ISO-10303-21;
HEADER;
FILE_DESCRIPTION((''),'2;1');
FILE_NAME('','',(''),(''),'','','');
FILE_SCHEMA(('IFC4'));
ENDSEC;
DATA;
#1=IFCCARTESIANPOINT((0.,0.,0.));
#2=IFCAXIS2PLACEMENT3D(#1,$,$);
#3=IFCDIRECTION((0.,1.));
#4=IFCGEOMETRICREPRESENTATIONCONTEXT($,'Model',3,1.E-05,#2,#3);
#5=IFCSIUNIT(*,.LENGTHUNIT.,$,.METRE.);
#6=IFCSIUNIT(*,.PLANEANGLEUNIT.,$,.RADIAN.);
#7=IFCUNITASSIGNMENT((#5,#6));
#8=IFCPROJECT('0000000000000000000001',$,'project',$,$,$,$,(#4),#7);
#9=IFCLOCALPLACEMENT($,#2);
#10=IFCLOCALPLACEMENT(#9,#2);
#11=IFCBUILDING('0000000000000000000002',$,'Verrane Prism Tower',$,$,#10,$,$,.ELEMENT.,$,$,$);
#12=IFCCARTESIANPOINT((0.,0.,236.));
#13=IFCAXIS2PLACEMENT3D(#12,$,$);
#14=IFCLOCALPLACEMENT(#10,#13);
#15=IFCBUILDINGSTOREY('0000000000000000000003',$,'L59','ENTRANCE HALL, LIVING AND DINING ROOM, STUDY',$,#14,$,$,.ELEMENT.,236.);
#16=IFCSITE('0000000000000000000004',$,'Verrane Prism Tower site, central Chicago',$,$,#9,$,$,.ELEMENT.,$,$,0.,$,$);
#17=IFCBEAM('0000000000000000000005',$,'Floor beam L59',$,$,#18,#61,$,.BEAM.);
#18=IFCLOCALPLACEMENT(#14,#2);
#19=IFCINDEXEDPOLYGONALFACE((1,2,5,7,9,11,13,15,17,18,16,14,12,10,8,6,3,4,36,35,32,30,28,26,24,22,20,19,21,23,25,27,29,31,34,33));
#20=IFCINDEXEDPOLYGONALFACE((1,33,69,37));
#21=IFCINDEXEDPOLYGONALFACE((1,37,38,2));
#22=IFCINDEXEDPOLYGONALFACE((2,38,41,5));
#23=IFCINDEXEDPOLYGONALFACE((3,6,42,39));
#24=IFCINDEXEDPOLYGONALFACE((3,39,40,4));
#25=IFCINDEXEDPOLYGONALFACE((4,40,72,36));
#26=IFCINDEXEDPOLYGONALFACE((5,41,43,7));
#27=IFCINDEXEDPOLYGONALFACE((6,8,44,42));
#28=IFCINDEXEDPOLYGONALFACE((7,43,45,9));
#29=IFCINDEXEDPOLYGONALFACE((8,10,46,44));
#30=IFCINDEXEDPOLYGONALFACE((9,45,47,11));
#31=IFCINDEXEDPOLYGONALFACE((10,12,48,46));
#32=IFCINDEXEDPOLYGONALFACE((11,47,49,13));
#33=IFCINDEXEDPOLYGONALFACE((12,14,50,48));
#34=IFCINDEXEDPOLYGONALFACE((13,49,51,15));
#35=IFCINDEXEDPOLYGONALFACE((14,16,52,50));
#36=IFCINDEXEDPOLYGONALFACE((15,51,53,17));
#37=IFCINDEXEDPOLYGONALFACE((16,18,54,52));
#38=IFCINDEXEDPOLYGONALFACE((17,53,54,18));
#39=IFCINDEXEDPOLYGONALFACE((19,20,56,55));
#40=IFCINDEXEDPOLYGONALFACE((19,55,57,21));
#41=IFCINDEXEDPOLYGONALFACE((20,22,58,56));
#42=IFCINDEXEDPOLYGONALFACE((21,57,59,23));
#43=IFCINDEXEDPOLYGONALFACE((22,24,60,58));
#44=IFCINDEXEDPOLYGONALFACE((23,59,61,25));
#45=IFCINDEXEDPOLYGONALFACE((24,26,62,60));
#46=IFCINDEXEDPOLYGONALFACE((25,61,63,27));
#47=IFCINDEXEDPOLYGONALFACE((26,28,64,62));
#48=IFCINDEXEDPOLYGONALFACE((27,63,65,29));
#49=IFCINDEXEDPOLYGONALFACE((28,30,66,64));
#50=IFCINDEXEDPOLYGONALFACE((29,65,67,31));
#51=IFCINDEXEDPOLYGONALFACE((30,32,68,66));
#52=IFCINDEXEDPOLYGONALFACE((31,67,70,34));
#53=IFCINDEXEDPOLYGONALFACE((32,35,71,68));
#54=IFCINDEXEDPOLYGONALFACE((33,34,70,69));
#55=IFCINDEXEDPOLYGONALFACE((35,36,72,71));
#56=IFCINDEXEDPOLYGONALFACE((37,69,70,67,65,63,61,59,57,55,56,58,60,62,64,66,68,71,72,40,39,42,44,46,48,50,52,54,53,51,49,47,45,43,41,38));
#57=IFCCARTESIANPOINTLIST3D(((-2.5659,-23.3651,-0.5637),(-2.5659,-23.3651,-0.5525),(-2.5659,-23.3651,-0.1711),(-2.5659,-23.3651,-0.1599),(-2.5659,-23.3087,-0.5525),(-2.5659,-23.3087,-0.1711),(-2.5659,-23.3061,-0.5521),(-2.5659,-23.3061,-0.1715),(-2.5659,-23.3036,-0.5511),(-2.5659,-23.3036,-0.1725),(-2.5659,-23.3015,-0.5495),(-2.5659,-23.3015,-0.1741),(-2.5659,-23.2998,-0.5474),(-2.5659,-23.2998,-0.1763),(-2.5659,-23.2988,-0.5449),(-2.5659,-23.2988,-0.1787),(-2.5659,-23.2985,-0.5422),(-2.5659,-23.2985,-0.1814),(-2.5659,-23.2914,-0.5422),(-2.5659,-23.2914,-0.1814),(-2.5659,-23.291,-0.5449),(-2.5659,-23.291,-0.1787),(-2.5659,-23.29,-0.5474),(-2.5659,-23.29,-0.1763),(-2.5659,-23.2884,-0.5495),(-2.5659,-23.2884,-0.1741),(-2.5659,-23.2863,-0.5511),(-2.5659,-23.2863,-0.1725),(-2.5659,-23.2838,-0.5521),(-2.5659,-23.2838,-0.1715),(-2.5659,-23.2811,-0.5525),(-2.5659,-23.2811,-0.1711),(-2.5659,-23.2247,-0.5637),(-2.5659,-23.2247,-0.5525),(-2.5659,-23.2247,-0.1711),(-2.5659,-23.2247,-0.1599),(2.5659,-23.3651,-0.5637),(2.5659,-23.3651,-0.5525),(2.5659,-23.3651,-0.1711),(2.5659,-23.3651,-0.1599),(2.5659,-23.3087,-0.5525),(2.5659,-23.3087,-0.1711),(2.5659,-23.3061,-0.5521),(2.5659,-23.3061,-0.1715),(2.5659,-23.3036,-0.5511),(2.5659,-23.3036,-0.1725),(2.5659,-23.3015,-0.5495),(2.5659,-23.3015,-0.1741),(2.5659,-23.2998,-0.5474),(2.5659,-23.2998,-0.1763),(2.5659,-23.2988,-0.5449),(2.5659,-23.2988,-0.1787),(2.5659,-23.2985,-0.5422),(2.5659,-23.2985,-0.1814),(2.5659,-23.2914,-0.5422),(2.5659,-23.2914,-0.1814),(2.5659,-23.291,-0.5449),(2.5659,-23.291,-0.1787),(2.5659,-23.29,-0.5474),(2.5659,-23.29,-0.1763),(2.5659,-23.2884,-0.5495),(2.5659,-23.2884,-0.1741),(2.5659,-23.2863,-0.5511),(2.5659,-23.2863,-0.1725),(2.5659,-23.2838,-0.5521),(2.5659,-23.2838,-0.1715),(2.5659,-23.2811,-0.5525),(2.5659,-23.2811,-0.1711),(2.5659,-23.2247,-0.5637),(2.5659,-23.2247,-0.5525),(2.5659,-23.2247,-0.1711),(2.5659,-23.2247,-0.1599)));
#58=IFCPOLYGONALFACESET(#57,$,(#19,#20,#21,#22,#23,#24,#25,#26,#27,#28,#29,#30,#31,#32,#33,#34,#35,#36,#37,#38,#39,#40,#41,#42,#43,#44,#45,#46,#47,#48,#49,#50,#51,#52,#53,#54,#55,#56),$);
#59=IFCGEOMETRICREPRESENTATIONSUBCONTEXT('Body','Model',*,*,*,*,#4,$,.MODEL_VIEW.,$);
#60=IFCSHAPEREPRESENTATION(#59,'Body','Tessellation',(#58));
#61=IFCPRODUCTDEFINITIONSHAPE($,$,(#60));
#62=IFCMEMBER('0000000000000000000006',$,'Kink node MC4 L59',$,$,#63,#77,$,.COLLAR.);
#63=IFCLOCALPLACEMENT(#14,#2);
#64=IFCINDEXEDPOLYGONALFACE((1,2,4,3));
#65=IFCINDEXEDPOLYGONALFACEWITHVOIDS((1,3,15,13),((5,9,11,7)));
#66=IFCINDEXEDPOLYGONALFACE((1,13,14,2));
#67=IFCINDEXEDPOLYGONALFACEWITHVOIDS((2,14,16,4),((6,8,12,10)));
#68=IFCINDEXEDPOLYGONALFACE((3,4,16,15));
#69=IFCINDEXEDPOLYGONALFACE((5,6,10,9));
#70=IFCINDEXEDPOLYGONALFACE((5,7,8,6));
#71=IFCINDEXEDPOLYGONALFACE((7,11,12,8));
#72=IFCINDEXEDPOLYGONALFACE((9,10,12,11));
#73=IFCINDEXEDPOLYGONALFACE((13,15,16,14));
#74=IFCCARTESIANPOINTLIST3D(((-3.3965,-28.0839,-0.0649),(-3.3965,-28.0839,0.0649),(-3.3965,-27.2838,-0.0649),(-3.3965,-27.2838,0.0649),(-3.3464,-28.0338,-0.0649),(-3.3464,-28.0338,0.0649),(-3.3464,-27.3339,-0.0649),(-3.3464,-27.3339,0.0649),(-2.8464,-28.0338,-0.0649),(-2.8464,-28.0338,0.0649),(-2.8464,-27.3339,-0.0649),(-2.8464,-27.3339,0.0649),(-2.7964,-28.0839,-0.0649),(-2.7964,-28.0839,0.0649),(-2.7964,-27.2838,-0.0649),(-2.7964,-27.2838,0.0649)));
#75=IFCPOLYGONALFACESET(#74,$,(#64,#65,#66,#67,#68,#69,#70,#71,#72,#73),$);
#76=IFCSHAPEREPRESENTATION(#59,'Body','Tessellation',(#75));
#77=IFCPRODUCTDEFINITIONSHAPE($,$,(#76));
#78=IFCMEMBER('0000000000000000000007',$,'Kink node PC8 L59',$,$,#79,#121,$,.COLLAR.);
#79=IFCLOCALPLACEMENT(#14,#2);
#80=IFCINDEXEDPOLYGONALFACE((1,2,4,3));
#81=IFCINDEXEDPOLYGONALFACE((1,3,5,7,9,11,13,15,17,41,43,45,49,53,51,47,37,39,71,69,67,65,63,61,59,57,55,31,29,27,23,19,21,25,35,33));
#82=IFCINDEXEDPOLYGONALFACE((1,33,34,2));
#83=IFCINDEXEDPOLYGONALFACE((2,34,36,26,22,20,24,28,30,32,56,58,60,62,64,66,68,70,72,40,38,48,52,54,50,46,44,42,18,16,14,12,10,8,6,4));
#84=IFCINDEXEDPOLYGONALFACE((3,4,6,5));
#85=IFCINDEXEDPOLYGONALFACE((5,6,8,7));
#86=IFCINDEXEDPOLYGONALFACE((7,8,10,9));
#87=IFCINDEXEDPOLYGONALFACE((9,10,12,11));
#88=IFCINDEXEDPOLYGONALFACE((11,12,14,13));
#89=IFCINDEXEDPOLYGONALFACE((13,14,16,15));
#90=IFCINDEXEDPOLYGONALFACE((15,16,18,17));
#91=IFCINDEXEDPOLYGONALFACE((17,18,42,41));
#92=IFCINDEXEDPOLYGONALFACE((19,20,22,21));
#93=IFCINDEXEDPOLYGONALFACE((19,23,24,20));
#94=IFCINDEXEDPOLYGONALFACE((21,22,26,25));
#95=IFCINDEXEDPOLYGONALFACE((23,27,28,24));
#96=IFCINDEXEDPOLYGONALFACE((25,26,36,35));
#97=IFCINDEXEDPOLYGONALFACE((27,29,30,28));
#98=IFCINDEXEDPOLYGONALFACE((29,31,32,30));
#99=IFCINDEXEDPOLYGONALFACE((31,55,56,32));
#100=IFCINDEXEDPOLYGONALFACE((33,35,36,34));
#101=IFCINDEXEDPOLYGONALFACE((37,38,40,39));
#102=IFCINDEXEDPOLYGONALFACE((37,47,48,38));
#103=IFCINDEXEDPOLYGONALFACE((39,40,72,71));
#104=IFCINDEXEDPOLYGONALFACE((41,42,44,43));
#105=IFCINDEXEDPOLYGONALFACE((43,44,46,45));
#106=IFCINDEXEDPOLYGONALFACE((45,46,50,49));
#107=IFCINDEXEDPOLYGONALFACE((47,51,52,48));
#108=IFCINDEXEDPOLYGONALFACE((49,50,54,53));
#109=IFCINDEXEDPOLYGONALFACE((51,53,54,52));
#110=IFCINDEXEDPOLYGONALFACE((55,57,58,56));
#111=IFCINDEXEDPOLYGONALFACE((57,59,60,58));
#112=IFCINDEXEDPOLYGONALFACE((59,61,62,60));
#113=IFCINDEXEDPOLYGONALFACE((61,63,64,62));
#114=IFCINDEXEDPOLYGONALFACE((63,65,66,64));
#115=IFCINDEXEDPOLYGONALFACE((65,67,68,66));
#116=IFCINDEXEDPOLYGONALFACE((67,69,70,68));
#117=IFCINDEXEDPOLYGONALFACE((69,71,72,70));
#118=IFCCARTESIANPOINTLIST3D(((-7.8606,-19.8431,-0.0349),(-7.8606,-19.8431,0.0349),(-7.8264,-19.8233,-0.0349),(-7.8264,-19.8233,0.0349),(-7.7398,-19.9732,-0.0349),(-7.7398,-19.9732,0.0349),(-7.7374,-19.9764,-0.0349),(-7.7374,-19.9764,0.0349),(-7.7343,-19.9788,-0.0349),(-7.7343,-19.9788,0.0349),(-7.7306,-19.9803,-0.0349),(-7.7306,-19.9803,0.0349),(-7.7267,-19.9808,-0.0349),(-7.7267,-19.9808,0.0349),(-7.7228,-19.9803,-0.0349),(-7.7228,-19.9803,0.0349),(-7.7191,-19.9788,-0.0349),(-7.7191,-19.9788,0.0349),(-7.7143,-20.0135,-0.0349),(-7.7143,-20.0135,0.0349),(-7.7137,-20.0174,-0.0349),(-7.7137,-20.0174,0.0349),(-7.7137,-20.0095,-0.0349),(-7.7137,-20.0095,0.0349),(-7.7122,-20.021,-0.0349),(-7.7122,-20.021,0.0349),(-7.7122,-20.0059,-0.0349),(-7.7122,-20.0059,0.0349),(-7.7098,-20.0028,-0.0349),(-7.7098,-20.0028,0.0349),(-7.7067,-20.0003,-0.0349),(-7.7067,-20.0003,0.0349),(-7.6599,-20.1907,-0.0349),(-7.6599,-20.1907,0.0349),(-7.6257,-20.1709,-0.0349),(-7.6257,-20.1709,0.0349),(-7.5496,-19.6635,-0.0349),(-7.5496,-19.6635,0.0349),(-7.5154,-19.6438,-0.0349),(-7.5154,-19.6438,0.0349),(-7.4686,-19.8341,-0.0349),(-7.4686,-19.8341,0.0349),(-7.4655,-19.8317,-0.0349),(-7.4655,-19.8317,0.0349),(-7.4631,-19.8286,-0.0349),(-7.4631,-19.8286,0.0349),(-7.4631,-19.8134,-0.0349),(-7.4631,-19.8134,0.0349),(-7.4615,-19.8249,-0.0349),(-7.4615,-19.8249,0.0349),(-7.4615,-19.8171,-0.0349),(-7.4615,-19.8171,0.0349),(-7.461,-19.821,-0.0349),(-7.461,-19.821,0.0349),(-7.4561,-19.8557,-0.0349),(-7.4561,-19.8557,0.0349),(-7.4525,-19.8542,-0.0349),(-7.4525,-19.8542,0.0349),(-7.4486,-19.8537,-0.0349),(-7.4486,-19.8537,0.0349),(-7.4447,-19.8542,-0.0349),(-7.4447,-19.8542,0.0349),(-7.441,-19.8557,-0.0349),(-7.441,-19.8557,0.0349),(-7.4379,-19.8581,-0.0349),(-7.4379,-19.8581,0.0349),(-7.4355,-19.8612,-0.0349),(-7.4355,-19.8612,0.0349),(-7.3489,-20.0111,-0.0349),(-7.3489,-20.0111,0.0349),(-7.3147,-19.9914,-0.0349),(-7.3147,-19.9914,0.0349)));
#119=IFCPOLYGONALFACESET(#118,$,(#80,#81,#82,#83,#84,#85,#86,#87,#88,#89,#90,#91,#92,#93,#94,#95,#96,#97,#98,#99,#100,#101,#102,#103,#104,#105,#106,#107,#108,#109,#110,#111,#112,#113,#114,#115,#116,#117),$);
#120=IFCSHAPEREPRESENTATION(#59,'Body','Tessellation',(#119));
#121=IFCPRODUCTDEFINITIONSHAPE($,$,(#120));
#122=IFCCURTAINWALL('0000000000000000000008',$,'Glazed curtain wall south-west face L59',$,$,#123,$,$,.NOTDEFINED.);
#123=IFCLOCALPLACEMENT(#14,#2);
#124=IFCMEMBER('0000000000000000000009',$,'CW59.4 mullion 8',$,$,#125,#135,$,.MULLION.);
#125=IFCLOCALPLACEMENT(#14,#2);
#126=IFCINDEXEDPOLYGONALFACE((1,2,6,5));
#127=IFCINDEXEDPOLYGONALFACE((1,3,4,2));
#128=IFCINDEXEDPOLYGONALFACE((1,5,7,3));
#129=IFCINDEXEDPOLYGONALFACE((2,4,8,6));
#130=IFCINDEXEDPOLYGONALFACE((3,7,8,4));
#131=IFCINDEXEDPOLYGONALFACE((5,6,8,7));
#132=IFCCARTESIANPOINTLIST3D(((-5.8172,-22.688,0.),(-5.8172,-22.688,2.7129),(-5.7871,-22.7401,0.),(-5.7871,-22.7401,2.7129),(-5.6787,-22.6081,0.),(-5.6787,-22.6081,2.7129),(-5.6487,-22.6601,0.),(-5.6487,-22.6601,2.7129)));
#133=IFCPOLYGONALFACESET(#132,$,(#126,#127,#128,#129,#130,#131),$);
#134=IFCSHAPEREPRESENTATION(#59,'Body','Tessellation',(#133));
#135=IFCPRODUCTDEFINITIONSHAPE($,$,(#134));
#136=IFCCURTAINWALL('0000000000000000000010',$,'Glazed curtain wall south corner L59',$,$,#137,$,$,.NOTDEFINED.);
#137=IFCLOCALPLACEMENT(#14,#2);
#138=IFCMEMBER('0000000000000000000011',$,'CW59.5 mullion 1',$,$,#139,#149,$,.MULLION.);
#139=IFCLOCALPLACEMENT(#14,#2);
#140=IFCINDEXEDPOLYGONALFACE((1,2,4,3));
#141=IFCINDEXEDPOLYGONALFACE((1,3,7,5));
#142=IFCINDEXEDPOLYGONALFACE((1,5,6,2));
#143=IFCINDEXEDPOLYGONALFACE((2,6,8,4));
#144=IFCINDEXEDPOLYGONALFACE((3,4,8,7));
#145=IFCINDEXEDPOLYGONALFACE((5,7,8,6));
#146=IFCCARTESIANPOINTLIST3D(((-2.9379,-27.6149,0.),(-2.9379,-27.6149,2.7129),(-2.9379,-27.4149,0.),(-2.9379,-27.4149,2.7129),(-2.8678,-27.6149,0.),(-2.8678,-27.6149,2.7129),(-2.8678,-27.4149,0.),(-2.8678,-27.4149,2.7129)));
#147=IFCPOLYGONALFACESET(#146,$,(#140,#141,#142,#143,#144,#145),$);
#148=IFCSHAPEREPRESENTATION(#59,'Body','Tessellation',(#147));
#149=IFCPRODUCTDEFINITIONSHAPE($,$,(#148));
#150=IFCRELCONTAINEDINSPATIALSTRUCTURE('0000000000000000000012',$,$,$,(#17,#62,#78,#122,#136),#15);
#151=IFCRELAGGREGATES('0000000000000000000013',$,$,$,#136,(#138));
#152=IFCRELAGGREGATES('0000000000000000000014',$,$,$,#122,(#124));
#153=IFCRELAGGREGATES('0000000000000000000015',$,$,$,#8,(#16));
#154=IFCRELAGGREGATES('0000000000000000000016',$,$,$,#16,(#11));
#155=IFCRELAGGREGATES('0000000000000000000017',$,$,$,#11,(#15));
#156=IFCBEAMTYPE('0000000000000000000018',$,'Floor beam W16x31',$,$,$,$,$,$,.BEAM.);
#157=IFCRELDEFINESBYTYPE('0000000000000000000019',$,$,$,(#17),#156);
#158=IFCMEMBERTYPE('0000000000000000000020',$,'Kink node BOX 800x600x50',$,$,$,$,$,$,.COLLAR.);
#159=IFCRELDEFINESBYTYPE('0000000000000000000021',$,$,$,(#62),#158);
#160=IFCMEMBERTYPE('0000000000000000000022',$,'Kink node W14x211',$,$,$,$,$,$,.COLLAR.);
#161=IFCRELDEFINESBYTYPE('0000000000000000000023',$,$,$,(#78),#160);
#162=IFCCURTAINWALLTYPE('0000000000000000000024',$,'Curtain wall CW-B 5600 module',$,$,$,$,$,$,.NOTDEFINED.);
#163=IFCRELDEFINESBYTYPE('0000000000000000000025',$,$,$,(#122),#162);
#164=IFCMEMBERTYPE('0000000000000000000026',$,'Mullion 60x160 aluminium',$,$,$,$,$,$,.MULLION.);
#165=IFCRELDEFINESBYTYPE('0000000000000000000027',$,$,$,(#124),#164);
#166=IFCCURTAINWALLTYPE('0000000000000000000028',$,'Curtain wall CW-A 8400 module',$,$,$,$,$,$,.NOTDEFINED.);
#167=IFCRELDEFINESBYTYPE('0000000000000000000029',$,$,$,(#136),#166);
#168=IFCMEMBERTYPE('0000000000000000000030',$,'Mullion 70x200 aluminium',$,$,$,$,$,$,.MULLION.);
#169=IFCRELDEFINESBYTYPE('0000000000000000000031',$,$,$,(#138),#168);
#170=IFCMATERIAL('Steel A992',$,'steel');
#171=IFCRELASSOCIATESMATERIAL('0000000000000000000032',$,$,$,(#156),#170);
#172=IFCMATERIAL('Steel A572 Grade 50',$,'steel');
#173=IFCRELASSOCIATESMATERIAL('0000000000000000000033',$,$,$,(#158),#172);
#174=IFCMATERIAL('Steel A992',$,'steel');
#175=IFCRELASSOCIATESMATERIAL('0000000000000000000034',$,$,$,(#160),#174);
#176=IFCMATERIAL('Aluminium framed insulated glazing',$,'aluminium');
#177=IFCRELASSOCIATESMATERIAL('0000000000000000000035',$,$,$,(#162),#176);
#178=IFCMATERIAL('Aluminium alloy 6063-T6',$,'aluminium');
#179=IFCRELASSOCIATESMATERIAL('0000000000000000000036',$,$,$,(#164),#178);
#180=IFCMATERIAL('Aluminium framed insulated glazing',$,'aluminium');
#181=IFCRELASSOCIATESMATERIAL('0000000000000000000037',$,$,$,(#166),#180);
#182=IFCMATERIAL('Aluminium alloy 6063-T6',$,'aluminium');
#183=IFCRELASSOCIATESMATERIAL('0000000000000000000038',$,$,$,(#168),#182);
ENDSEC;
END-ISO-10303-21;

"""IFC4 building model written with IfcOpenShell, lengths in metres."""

from ifc_helpers import new_model, si_unit, direction, frame, origin, origin_2d, place, context, subcontext, project, spatial, rectangle, hollow_rectangle, i_section, extrude, material, material_profile, profile_set, type_object, element, aggregate, save


model = new_model("IFC4")

# Units and contexts
model_context = context("Model", 3, precision=1e-05, world=origin(), true_north=direction((0.0, 1.0)))
body_context = subcontext(model_context, "Body", "Model", "MODEL_VIEW")
ifc_project = project(units=[si_unit("LENGTHUNIT", "METRE"), si_unit("PLANEANGLEUNIT", "RADIAN")], contexts=[model_context])

# Site, building, storey
site_placement = place(None, origin())
site = spatial("IfcSite", under=ifc_project, at=site_placement, Name="Verrane Prism Tower site, central Chicago", CompositionType="ELEMENT", RefElevation=0.0)
building_placement = place(site_placement, origin())
building = spatial("IfcBuilding", under=site, at=building_placement, Name="Verrane Prism Tower", CompositionType="ELEMENT")
storey_placement = place(building_placement, frame((0.0, 0.0, 236.0)))
storey = spatial("IfcBuildingStorey", under=building, at=storey_placement, Name="L59", Description="ENTRANCE HALL, LIVING AND DINING ROOM, STUDY", CompositionType="ELEMENT", Elevation=236.0)

# Beam
ifc_material_1 = material(Name="Steel A992", Category="steel")
ifc_material_profile_1 = material_profile(ifc_material_1, i_section(OverallWidth=0.1404, OverallDepth=0.4038, WebThickness=0.0071, FlangeThickness=0.0112, FilletRadius=0.0103, at=origin_2d()), Name="W16x31")
ifc_profile_set_1 = profile_set([ifc_material_profile_1], Name="Steel A992")
beam_type_1 = type_object("IfcBeamType", Name="Floor beam W16x31", PredefinedType="BEAM", material=ifc_profile_set_1)
beam_1_placement = place(storey_placement, frame((-2.5659, -23.2949, -0.3618), z_axis=(1.0, 0.0, 0.0), x_axis=(0.0, 1.0, 0.0)))
element("IfcBeam", 1, at=beam_1_placement, inside=storey, type_object=beam_type_1, Name="Floor beam L59", PredefinedType="BEAM", context=body_context, shape_type="SweptSolid", body=[
    extrude(i_section(OverallWidth=0.1404, OverallDepth=0.4038, WebThickness=0.0071, FlangeThickness=0.0112, FilletRadius=0.0103, at=origin_2d()), origin(), (0.0, 0.0, 1.0), 5.1318),
])

# Members
ifc_material_2 = material(Name="Steel A572 Grade 50", Category="steel")
ifc_material_profile_2 = material_profile(ifc_material_2, hollow_rectangle(XDim=0.6001, YDim=0.8, WallThickness=0.05, at=origin_2d()), Name="BOX 800x600x50")
ifc_profile_set_2 = profile_set([ifc_material_profile_2], Name="Steel A572 Grade 50")
member_type_1 = type_object("IfcMemberType", Name="Kink node BOX 800x600x50", PredefinedType="COLLAR", material=ifc_profile_set_2)
member_1_placement = place(storey_placement, frame((-3.0964, -27.6838, -0.0649), z_axis=(0.0, 0.0, 1.0), x_axis=(-1.0, 0.0, 0.0)))
element("IfcMember", 2, at=member_1_placement, inside=storey, type_object=member_type_1, Name="Kink node MC4 L59", PredefinedType="COLLAR", context=body_context, shape_type="SweptSolid", body=[
    extrude(hollow_rectangle(XDim=0.6001, YDim=0.8, WallThickness=0.05, at=origin_2d()), origin(), (0.0, 0.0, 1.0), 0.1299),
])
ifc_material_3 = material(Name="Steel A992", Category="steel")
ifc_material_profile_3 = material_profile(ifc_material_3, i_section(OverallWidth=0.4014, OverallDepth=0.3987, WebThickness=0.0249, FlangeThickness=0.0396, FilletRadius=0.0151, at=origin_2d()), Name="W14x211")
ifc_profile_set_3 = profile_set([ifc_material_profile_3], Name="Steel A992")
member_type_2 = type_object("IfcMemberType", Name="Kink node W14x211", PredefinedType="COLLAR", material=ifc_profile_set_3)
member_2_placement = place(storey_placement, frame((-7.5876, -19.9172, -0.0349), z_axis=(0.0, 0.0, 1.0), x_axis=(-0.5, 0.866025, 0.0)))
element("IfcMember", 3, at=member_2_placement, inside=storey, type_object=member_type_2, Name="Kink node PC8 L59", PredefinedType="COLLAR", context=body_context, shape_type="SweptSolid", body=[
    extrude(i_section(OverallWidth=0.4014, OverallDepth=0.3987, WebThickness=0.0249, FlangeThickness=0.0396, FilletRadius=0.0151, at=origin_2d()), origin(), (0.0, 0.0, 1.0), 0.0698),
])

# Curtain walls, members
ifc_material_4 = material(Name="Aluminium framed insulated glazing", Category="aluminium")
curtain_wall_type_1 = type_object("IfcCurtainWallType", Name="Curtain wall CW-B 5600 module", PredefinedType="NOTDEFINED", material=ifc_material_4)
curtain_wall_1_placement = place(storey_placement, origin())
curtain_wall_1 = element("IfcCurtainWall", 4, at=curtain_wall_1_placement, inside=storey, type_object=curtain_wall_type_1, Name="Glazed curtain wall south-west face L59", PredefinedType="NOTDEFINED")
ifc_material_5 = material(Name="Aluminium alloy 6063-T6", Category="aluminium")
ifc_material_profile_4 = material_profile(ifc_material_5, rectangle(XDim=0.1599, YDim=0.0601, at=origin_2d()), Name="Mullion 60x160 aluminium")
ifc_profile_set_4 = profile_set([ifc_material_profile_4], Name="Aluminium alloy 6063-T6")
member_type_3 = type_object("IfcMemberType", Name="Mullion 60x160 aluminium", PredefinedType="MULLION", material=ifc_profile_set_4)
member_3_placement = place(storey_placement, frame((-5.7329, -22.6741, 0.0), z_axis=(0.0, 0.0, 1.0), x_axis=(0.866026, 0.499999, 0.0)))
member_3 = element("IfcMember", 5, at=member_3_placement, type_object=member_type_3, Name="CW59.4 mullion 8", PredefinedType="MULLION", context=body_context, shape_type="SweptSolid", body=[
    extrude(rectangle(XDim=0.1599, YDim=0.0601, at=origin_2d()), origin(), (0.0, 0.0, 1.0), 2.7129),
])
ifc_material_6 = material(Name="Aluminium framed insulated glazing", Category="aluminium")
curtain_wall_type_2 = type_object("IfcCurtainWallType", Name="Curtain wall CW-A 8400 module", PredefinedType="NOTDEFINED", material=ifc_material_6)
curtain_wall_2_placement = place(storey_placement, origin())
curtain_wall_2 = element("IfcCurtainWall", 6, at=curtain_wall_2_placement, inside=storey, type_object=curtain_wall_type_2, Name="Glazed curtain wall south corner L59", PredefinedType="NOTDEFINED")
ifc_material_7 = material(Name="Aluminium alloy 6063-T6", Category="aluminium")
ifc_material_profile_5 = material_profile(ifc_material_7, rectangle(XDim=0.2, YDim=0.0701, at=origin_2d()), Name="Mullion 70x200 aluminium")
ifc_profile_set_5 = profile_set([ifc_material_profile_5], Name="Aluminium alloy 6063-T6")
member_type_4 = type_object("IfcMemberType", Name="Mullion 70x200 aluminium", PredefinedType="MULLION", material=ifc_profile_set_5)
member_4_placement = place(storey_placement, frame((-2.9028, -27.5149, 0.0), z_axis=(0.0, 0.0, 1.0), x_axis=(0.0, 1.0, 0.0)))
member_4 = element("IfcMember", 7, at=member_4_placement, type_object=member_type_4, Name="CW59.5 mullion 1", PredefinedType="MULLION", context=body_context, shape_type="SweptSolid", body=[
    extrude(rectangle(XDim=0.2, YDim=0.0701, at=origin_2d()), origin(), (0.0, 0.0, 1.0), 2.7129),
])

aggregate(curtain_wall_2, [member_4])

aggregate(curtain_wall_1, [member_3])

save(model, "model.ifc")
